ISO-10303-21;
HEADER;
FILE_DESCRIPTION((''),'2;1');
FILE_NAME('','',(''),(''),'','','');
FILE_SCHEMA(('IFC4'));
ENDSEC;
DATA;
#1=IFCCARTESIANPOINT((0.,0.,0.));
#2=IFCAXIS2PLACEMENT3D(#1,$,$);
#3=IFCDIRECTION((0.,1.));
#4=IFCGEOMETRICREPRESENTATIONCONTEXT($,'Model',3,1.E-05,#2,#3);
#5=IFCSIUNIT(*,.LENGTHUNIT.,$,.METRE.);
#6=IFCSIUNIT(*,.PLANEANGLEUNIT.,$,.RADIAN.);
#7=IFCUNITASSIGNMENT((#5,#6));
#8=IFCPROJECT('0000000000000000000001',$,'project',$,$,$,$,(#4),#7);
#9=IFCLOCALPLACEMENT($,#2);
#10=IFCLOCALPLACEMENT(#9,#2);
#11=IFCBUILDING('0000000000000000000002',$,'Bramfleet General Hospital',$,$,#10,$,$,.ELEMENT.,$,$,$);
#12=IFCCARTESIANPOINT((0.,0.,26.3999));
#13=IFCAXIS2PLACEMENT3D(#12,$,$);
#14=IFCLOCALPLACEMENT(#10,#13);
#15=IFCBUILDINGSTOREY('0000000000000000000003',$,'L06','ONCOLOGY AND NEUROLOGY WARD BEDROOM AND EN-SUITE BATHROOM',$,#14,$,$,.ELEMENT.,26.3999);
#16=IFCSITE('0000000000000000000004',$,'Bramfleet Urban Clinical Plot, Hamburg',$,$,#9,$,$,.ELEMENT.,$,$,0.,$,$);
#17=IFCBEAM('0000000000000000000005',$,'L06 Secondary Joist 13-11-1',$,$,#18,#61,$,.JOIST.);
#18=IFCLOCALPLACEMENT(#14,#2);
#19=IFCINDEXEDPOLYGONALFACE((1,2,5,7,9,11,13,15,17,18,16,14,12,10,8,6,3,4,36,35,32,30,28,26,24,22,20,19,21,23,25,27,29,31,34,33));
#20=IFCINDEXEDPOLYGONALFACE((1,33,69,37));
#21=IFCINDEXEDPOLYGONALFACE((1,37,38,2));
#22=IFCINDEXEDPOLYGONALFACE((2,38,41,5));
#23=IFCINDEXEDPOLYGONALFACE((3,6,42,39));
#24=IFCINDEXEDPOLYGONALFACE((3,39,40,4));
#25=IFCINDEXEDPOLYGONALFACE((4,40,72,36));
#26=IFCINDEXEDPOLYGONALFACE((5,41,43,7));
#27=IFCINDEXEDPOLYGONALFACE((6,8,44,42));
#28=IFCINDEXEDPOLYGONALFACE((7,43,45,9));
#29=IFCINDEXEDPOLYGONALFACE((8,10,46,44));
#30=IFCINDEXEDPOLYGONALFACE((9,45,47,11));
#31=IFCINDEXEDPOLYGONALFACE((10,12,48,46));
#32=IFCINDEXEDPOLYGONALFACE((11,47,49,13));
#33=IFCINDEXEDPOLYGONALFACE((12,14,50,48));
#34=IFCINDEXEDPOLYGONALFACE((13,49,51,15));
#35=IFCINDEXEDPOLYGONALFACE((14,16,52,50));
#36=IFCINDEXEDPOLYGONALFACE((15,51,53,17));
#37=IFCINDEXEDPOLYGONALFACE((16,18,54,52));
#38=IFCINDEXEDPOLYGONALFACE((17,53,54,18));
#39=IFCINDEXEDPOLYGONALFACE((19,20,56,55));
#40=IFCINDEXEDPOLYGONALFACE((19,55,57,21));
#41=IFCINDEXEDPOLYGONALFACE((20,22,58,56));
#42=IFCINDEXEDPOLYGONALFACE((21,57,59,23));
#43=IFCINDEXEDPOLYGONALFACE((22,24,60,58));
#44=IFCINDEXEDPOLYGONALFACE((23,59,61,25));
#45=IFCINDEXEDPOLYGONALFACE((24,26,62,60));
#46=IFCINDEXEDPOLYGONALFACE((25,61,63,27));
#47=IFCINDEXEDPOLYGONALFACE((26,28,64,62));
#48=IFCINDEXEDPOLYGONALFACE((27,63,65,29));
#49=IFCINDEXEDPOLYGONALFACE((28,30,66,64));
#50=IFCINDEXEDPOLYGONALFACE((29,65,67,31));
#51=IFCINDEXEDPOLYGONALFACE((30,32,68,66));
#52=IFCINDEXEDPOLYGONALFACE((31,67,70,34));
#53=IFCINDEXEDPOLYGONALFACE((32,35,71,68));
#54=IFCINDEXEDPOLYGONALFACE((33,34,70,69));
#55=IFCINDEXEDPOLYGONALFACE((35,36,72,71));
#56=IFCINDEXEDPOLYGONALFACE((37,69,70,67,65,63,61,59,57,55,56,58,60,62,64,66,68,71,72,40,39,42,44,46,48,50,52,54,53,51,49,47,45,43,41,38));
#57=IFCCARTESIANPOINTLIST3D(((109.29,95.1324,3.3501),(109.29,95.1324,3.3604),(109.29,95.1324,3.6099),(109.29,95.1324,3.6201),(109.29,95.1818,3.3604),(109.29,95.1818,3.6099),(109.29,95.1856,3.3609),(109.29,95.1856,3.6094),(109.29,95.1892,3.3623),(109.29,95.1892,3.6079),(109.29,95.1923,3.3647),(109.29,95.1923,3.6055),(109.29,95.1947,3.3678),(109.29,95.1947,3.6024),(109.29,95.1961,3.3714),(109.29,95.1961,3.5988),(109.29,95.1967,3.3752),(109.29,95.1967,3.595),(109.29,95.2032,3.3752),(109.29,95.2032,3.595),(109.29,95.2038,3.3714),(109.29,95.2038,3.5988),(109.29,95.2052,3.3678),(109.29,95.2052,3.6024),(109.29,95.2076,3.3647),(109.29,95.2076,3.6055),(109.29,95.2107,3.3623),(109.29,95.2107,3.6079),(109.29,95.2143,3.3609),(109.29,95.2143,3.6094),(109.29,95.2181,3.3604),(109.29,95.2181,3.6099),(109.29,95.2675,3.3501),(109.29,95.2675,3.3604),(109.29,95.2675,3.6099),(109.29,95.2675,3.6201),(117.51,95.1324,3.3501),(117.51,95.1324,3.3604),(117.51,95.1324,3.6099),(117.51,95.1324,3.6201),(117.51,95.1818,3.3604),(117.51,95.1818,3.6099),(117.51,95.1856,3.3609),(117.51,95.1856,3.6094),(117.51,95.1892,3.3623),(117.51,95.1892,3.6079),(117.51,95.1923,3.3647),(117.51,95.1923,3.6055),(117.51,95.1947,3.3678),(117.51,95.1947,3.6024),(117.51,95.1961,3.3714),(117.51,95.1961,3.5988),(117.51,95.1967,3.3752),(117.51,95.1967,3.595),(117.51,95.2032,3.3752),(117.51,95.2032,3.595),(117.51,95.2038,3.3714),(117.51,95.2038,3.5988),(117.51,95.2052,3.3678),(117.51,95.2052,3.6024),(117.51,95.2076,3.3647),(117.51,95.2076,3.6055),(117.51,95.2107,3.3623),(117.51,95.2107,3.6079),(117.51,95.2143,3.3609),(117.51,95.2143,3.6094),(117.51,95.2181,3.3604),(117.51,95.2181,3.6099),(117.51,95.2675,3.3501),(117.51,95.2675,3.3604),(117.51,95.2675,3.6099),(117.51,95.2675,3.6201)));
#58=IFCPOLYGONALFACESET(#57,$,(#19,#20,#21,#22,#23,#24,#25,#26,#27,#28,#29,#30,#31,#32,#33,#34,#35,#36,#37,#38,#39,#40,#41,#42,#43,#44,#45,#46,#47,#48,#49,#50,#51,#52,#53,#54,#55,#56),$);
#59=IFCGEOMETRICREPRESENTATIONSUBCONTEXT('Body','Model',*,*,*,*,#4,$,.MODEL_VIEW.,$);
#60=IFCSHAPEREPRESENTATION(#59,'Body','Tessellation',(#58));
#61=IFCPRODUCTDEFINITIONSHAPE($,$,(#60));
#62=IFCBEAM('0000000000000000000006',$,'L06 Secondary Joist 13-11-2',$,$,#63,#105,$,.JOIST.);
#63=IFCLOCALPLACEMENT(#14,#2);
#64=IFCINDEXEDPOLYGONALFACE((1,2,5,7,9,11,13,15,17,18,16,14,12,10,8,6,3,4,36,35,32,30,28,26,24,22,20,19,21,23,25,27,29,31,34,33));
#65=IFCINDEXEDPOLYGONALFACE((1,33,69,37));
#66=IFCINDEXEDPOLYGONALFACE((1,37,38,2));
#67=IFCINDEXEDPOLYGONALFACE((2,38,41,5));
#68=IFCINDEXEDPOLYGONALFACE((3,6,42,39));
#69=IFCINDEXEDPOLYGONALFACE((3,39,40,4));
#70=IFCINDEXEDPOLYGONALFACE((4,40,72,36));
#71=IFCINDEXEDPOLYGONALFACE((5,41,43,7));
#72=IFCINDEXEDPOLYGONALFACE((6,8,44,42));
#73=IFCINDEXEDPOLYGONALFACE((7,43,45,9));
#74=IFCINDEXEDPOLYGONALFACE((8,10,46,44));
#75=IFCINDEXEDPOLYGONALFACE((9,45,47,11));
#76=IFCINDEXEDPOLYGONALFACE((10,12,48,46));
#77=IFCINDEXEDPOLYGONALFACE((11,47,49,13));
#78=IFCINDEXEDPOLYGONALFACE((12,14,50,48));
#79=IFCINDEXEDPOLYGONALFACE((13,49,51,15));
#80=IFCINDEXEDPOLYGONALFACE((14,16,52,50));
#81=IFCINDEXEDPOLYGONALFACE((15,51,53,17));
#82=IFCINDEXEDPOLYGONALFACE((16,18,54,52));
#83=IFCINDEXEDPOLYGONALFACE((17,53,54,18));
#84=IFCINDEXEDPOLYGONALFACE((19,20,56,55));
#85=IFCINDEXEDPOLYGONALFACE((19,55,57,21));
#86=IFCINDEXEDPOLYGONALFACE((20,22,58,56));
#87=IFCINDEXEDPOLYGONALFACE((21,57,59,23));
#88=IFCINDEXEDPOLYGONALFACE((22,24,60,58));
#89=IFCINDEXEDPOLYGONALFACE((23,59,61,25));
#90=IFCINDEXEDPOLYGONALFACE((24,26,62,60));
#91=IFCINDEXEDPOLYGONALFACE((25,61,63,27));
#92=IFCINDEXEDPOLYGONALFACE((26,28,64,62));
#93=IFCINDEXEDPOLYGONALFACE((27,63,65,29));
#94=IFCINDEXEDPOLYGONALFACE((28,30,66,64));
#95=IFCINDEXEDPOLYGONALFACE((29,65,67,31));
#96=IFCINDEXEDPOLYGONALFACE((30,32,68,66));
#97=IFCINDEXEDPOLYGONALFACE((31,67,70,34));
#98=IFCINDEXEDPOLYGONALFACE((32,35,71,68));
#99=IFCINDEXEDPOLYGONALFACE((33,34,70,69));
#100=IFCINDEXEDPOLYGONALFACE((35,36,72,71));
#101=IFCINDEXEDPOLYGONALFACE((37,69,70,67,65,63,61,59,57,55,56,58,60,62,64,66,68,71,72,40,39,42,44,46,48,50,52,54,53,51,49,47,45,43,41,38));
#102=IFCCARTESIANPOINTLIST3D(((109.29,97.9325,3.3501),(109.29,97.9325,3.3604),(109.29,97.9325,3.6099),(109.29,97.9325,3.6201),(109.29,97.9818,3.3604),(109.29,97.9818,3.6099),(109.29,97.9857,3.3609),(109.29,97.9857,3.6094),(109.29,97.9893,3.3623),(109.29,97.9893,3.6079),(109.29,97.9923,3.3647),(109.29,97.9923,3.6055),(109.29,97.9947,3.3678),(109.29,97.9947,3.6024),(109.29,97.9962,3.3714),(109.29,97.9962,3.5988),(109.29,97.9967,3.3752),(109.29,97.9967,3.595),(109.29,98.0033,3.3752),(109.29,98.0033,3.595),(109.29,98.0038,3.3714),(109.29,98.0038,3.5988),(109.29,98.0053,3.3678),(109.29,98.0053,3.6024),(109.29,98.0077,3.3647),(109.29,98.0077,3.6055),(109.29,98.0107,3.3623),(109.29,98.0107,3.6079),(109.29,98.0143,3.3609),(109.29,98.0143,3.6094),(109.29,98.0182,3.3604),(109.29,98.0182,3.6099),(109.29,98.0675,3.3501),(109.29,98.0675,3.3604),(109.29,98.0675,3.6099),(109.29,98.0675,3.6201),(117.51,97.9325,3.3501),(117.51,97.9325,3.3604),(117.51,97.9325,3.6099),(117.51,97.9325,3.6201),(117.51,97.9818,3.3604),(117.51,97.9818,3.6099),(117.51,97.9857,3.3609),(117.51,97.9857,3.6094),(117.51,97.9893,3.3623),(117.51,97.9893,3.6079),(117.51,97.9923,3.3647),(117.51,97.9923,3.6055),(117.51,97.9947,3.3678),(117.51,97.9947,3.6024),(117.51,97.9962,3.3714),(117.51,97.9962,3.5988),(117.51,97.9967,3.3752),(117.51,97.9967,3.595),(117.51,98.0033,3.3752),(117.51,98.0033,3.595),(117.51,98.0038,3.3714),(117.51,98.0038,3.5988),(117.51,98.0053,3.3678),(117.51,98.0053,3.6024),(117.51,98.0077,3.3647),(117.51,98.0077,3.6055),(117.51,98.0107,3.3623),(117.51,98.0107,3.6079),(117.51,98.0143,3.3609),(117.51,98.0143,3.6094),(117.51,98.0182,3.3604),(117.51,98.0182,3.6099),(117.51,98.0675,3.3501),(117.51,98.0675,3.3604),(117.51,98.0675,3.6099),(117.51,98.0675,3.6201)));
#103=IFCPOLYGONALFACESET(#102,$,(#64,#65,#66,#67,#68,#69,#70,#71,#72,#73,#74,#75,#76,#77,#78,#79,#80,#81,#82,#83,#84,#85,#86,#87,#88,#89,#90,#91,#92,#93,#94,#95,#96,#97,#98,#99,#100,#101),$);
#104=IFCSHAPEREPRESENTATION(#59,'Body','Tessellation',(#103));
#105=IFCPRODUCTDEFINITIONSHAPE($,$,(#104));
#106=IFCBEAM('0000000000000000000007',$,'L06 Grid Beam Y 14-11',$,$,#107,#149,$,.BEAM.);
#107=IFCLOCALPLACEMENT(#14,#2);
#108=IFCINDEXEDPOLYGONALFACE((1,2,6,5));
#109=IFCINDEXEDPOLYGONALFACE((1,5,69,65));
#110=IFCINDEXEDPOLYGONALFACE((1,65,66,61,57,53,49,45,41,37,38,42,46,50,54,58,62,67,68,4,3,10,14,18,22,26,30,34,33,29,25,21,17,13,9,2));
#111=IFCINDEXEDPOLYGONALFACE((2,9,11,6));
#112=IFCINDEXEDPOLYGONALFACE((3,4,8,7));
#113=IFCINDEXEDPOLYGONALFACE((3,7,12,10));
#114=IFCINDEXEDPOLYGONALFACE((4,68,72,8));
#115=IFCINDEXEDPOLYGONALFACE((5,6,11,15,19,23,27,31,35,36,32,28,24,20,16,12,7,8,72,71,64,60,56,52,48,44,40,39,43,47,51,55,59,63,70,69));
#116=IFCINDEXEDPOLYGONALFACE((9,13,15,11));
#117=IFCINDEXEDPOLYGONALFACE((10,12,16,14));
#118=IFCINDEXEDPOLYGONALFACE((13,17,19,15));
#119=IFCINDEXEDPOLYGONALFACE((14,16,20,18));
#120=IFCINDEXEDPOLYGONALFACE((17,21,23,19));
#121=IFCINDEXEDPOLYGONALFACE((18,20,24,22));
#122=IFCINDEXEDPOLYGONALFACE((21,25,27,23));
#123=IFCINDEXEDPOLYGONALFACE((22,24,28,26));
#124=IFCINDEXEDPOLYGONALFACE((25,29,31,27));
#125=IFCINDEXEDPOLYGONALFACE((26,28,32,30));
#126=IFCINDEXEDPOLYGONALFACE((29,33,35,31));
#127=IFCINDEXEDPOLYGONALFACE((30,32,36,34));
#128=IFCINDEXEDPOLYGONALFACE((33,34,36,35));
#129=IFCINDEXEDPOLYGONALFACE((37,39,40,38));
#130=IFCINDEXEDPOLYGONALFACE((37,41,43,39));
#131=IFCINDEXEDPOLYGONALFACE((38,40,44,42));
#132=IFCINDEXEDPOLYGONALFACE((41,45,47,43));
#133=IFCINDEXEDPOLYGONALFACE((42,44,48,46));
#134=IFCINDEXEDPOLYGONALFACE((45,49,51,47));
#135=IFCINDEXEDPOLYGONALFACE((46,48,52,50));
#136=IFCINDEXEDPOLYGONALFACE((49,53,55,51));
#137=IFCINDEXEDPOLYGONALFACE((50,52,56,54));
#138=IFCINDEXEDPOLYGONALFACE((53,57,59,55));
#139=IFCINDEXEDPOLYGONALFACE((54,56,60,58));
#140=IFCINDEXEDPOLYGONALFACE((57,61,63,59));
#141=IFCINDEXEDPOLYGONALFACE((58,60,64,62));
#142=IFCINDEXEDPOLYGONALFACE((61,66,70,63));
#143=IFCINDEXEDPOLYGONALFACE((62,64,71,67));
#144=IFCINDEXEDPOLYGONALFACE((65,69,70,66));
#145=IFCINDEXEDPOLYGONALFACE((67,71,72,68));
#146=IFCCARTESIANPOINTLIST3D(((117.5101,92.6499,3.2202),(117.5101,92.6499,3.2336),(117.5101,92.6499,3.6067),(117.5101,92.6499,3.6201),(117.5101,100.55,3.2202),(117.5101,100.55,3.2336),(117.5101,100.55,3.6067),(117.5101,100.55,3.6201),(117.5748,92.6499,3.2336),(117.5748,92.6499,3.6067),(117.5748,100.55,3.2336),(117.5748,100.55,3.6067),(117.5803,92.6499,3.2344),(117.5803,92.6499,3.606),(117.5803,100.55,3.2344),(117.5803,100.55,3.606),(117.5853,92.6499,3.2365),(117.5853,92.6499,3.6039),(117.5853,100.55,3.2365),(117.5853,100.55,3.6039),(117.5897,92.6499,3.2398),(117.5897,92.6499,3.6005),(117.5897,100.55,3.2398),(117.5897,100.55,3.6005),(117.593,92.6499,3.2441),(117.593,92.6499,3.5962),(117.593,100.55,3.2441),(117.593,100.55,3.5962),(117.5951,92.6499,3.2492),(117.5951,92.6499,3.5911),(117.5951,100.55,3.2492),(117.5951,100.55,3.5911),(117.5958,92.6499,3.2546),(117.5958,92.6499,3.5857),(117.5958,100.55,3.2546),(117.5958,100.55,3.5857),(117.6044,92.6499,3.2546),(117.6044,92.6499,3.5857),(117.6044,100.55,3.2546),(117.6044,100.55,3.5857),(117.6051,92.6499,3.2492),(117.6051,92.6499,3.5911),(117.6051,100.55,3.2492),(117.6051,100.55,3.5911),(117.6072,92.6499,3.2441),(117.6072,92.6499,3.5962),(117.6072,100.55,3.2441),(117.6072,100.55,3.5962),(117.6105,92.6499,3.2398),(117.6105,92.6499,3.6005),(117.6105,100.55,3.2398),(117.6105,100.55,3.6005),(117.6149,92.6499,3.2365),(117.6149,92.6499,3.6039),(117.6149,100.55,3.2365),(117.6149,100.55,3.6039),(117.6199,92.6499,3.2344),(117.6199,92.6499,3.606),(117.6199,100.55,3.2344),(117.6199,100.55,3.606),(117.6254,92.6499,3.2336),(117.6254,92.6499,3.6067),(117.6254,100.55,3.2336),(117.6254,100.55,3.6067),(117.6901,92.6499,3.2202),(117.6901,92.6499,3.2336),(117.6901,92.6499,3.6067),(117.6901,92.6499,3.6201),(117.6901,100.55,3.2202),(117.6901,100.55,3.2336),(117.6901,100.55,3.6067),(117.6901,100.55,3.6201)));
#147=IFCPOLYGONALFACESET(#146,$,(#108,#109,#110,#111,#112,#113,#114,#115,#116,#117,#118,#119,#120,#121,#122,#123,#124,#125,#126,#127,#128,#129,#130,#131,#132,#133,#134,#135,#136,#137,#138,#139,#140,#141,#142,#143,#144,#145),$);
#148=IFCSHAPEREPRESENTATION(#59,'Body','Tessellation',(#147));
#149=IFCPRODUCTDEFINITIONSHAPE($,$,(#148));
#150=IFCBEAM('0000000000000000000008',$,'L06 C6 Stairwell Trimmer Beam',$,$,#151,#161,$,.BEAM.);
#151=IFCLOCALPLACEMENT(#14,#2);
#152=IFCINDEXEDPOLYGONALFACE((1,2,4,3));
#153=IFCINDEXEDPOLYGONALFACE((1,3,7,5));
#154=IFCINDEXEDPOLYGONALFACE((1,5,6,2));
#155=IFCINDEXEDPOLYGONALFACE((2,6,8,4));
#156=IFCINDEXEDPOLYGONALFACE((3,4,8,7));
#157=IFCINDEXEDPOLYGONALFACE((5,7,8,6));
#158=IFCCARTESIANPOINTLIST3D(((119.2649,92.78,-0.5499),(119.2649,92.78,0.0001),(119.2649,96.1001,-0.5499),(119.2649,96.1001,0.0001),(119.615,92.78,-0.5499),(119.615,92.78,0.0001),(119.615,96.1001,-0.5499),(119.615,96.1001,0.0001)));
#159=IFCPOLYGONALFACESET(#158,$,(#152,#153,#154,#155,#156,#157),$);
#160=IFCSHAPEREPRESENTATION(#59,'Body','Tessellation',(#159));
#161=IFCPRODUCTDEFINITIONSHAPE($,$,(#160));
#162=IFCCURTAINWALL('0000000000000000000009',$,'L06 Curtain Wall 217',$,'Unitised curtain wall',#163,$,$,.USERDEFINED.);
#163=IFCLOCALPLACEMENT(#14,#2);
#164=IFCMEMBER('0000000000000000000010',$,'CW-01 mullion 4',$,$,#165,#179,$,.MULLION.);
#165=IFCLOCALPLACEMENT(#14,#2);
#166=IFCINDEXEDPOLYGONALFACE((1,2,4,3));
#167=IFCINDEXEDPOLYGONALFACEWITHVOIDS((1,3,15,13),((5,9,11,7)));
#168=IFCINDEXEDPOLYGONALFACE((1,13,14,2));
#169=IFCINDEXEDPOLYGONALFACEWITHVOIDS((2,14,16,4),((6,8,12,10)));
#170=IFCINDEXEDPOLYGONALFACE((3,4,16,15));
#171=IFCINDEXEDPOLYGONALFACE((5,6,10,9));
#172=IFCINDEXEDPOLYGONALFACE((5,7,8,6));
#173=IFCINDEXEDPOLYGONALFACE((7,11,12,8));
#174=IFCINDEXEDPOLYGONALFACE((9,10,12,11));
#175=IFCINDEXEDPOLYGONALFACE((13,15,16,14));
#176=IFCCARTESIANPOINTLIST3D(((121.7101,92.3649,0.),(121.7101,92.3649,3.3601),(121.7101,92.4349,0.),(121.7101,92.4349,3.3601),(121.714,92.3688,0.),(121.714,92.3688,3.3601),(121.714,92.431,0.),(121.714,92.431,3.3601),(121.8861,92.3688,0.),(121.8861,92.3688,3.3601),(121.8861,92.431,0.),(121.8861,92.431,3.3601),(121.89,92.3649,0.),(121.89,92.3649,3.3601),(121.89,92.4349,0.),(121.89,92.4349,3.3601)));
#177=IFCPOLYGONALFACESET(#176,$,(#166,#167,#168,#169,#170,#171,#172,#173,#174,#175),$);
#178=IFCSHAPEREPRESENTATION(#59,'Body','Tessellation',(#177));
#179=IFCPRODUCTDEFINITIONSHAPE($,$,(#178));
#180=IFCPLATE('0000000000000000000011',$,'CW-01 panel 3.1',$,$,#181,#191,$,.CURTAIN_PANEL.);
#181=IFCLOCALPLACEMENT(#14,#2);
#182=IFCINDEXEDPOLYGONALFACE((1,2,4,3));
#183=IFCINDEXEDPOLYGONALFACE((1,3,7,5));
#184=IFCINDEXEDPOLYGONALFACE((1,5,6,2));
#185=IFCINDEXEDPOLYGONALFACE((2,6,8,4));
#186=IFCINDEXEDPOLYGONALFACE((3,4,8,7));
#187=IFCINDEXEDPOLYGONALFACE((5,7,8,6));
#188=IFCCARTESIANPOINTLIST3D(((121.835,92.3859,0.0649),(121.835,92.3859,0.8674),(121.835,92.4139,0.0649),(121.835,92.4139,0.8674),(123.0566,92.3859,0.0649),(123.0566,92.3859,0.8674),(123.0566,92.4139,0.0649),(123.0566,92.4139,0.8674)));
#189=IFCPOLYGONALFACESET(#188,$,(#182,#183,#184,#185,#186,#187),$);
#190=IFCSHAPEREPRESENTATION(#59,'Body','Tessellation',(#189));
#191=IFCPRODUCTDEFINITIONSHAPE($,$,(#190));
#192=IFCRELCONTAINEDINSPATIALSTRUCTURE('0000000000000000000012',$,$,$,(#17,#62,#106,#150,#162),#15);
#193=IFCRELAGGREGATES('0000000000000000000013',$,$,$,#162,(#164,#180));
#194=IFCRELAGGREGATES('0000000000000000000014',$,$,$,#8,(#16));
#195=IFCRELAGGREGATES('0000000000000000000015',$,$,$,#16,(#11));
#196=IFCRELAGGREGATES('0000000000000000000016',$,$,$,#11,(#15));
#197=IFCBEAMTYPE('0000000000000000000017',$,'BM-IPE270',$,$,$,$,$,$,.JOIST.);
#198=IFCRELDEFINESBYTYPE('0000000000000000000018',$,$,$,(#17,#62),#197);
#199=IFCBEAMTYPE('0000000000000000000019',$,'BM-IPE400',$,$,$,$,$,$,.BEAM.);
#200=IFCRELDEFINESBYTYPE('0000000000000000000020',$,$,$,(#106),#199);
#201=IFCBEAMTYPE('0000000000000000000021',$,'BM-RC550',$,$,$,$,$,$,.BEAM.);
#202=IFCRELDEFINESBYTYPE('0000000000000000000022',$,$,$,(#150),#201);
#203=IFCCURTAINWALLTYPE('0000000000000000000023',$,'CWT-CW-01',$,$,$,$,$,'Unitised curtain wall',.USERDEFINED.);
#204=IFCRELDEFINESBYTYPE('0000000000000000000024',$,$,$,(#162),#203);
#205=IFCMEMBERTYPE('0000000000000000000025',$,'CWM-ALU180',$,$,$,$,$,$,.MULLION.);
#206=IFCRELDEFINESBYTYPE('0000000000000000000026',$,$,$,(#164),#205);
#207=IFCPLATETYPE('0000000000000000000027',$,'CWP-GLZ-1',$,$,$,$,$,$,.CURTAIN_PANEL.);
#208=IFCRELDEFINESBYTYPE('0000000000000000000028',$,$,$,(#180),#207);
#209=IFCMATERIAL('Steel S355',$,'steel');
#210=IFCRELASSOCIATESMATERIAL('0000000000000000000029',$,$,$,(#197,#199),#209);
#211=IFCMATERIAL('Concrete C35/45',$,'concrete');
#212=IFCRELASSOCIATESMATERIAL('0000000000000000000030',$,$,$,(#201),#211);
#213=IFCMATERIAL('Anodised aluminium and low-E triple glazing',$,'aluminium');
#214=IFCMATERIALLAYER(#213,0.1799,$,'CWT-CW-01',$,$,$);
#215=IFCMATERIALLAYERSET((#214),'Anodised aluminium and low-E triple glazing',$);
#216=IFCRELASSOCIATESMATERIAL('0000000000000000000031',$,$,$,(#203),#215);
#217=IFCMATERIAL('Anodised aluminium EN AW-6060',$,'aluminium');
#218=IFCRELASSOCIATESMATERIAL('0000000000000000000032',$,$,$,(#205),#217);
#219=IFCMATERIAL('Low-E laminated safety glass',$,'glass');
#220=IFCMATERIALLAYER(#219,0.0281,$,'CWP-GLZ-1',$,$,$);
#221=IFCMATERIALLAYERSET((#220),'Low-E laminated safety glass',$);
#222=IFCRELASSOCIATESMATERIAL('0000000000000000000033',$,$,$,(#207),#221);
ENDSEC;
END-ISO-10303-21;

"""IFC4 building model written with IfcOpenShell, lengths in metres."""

from ifc_helpers import new_model, si_unit, direction, frame, origin, origin_2d, place, context, subcontext, project, spatial, rectangle, hollow_rectangle, i_section, extrude, material, layer, layer_set, material_profile, profile_set, type_object, element, aggregate, save


model = new_model("IFC4")

# Units and contexts
model_context = context("Model", 3, precision=1e-05, world=origin(), true_north=direction((0.0, 1.0)))
body_context = subcontext(model_context, "Body", "Model", "MODEL_VIEW")
ifc_project = project(units=[si_unit("LENGTHUNIT", "METRE"), si_unit("PLANEANGLEUNIT", "RADIAN")], contexts=[model_context])

# Site, building, storey
site_placement = place(None, origin())
site = spatial("IfcSite", under=ifc_project, at=site_placement, Name="Bramfleet Urban Clinical Plot, Hamburg", CompositionType="ELEMENT", RefElevation=0.0)
building_placement = place(site_placement, origin())
building = spatial("IfcBuilding", under=site, at=building_placement, Name="Bramfleet General Hospital", CompositionType="ELEMENT")
storey_placement = place(building_placement, frame((0.0, 0.0, 26.3999)))
storey = spatial("IfcBuildingStorey", under=building, at=storey_placement, Name="L06", Description="ONCOLOGY AND NEUROLOGY WARD BEDROOM AND EN-SUITE BATHROOM", CompositionType="ELEMENT", Elevation=26.3999)

# Beams
ifc_material_1 = material(Name="Steel S355", Category="steel")
ifc_material_profile_1 = material_profile(ifc_material_1, i_section(OverallWidth=0.135, OverallDepth=0.27, WebThickness=0.0066, FlangeThickness=0.0103, FilletRadius=0.0149, at=origin_2d()), Name="IPE 270")
ifc_profile_set_1 = profile_set([ifc_material_profile_1], Name="Steel S355")
beam_type_1 = type_object("IfcBeamType", Name="BM-IPE270", PredefinedType="JOIST", material=ifc_profile_set_1)
for number, where, z_axis, x_axis, name in (
    (1, (109.29, 95.2, 3.4851), (1.0, 0.0, 0.0), (0.0, 1.0, 0.0), "L06 Secondary Joist 13-11-1"),
    (2, (109.29, 98.0, 3.4851), (1.0, 0.0, 0.0), (0.0, 1.0, 0.0), "L06 Secondary Joist 13-11-2"),
):
    element("IfcBeam", number, at=place(storey_placement, frame(where, z_axis=z_axis, x_axis=x_axis)), inside=storey, type_object=beam_type_1, Name=name, PredefinedType="JOIST", context=body_context, shape_type="SweptSolid", body=[
        extrude(i_section(OverallWidth=0.135, OverallDepth=0.27, WebThickness=0.0066, FlangeThickness=0.0103, FilletRadius=0.0149, at=origin_2d()), origin(), (0.0, 0.0, 1.0), 8.22),
    ])
ifc_material_profile_2 = material_profile(ifc_material_1, i_section(OverallWidth=0.1799, OverallDepth=0.3999, WebThickness=0.0085, FlangeThickness=0.0134, FilletRadius=0.021, at=origin_2d()), Name="IPE 400")
ifc_profile_set_2 = profile_set([ifc_material_profile_2], Name="Steel S355")
beam_type_2 = type_object("IfcBeamType", Name="BM-IPE400", PredefinedType="BEAM", material=ifc_profile_set_2)
beam_1_placement = place(storey_placement, frame((117.6001, 92.6499, 3.4202), z_axis=(0.0, 1.0, 0.0), x_axis=(-1.0, 0.0, 0.0)))
element("IfcBeam", 3, at=beam_1_placement, inside=storey, type_object=beam_type_2, Name="L06 Grid Beam Y 14-11", PredefinedType="BEAM", context=body_context, shape_type="SweptSolid", body=[
    extrude(i_section(OverallWidth=0.1799, OverallDepth=0.3999, WebThickness=0.0085, FlangeThickness=0.0134, FilletRadius=0.021, at=origin_2d()), origin(), (0.0, 0.0, 1.0), 7.9001),
])
ifc_material_2 = material(Name="Concrete C35/45", Category="concrete")
ifc_material_profile_3 = material_profile(ifc_material_2, rectangle(XDim=0.3501, YDim=0.55, at=origin_2d()), Name="RC BM 550x350")
ifc_profile_set_3 = profile_set([ifc_material_profile_3], Name="Concrete C35/45")
beam_type_3 = type_object("IfcBeamType", Name="BM-RC550", PredefinedType="BEAM", material=ifc_profile_set_3)
beam_2_placement = place(storey_placement, frame((119.4399, 92.78, -0.2749), z_axis=(0.0, 1.0, 0.0), x_axis=(-1.0, 0.0, 0.0)))
element("IfcBeam", 4, at=beam_2_placement, inside=storey, type_object=beam_type_3, Name="L06 C6 Stairwell Trimmer Beam", PredefinedType="BEAM", context=body_context, shape_type="SweptSolid", body=[
    extrude(rectangle(XDim=0.3501, YDim=0.55, at=origin_2d()), origin(), (0.0, 0.0, 1.0), 3.3201),
])

# Curtain wall, member, plate
ifc_material_3 = material(Name="Anodised aluminium and low-E triple glazing", Category="aluminium")
ifc_layer_1 = layer(ifc_material_3, 0.1799, Name="CWT-CW-01")
ifc_layer_set_1 = layer_set([ifc_layer_1], Name="Anodised aluminium and low-E triple glazing")
curtain_wall_type = type_object("IfcCurtainWallType", Name="CWT-CW-01", ElementType="Unitised curtain wall", PredefinedType="USERDEFINED", material=ifc_layer_set_1)
curtain_wall_placement = place(storey_placement, origin())
curtain_wall = element("IfcCurtainWall", 5, at=curtain_wall_placement, inside=storey, type_object=curtain_wall_type, Name="L06 Curtain Wall 217", ObjectType="Unitised curtain wall", PredefinedType="USERDEFINED")
ifc_material_4 = material(Name="Anodised aluminium EN AW-6060", Category="aluminium")
ifc_material_profile_4 = material_profile(ifc_material_4, hollow_rectangle(XDim=0.0701, YDim=0.1799, WallThickness=0.0039, at=origin_2d()), Name="ALU 180x70x4.0")
ifc_profile_set_4 = profile_set([ifc_material_profile_4], Name="Anodised aluminium EN AW-6060")
member_type = type_object("IfcMemberType", Name="CWM-ALU180", PredefinedType="MULLION", material=ifc_profile_set_4)
member_placement = place(storey_placement, frame((121.8, 92.3999, 0.0), z_axis=(0.0, 0.0, 1.0), x_axis=(0.0, -1.0, 0.0)))
member = element("IfcMember", 6, at=member_placement, type_object=member_type, Name="CW-01 mullion 4", PredefinedType="MULLION", context=body_context, shape_type="SweptSolid", body=[
    extrude(hollow_rectangle(XDim=0.0701, YDim=0.1799, WallThickness=0.0039, at=origin_2d()), origin(), (0.0, 0.0, 1.0), 3.3601),
])
ifc_material_5 = material(Name="Low-E laminated safety glass", Category="glass")
ifc_layer_2 = layer(ifc_material_5, 0.0281, Name="CWP-GLZ-1")
ifc_layer_set_2 = layer_set([ifc_layer_2], Name="Low-E laminated safety glass")
plate_type = type_object("IfcPlateType", Name="CWP-GLZ-1", PredefinedType="CURTAIN_PANEL", material=ifc_layer_set_2)
plate_placement = place(storey_placement, frame((122.4458, 92.3999, 0.0649), z_axis=(0.0, 0.0, 1.0), x_axis=(-1.0, 0.0, 0.0)))
plate = element("IfcPlate", 7, at=plate_placement, type_object=plate_type, Name="CW-01 panel 3.1", PredefinedType="CURTAIN_PANEL", context=body_context, shape_type="SweptSolid", body=[
    extrude(rectangle(XDim=1.2217, YDim=0.0281, at=origin_2d()), origin(), (0.0, 0.0, 1.0), 0.8025),
])
aggregate(curtain_wall, [member, plate])

save(model, "model.ifc")
